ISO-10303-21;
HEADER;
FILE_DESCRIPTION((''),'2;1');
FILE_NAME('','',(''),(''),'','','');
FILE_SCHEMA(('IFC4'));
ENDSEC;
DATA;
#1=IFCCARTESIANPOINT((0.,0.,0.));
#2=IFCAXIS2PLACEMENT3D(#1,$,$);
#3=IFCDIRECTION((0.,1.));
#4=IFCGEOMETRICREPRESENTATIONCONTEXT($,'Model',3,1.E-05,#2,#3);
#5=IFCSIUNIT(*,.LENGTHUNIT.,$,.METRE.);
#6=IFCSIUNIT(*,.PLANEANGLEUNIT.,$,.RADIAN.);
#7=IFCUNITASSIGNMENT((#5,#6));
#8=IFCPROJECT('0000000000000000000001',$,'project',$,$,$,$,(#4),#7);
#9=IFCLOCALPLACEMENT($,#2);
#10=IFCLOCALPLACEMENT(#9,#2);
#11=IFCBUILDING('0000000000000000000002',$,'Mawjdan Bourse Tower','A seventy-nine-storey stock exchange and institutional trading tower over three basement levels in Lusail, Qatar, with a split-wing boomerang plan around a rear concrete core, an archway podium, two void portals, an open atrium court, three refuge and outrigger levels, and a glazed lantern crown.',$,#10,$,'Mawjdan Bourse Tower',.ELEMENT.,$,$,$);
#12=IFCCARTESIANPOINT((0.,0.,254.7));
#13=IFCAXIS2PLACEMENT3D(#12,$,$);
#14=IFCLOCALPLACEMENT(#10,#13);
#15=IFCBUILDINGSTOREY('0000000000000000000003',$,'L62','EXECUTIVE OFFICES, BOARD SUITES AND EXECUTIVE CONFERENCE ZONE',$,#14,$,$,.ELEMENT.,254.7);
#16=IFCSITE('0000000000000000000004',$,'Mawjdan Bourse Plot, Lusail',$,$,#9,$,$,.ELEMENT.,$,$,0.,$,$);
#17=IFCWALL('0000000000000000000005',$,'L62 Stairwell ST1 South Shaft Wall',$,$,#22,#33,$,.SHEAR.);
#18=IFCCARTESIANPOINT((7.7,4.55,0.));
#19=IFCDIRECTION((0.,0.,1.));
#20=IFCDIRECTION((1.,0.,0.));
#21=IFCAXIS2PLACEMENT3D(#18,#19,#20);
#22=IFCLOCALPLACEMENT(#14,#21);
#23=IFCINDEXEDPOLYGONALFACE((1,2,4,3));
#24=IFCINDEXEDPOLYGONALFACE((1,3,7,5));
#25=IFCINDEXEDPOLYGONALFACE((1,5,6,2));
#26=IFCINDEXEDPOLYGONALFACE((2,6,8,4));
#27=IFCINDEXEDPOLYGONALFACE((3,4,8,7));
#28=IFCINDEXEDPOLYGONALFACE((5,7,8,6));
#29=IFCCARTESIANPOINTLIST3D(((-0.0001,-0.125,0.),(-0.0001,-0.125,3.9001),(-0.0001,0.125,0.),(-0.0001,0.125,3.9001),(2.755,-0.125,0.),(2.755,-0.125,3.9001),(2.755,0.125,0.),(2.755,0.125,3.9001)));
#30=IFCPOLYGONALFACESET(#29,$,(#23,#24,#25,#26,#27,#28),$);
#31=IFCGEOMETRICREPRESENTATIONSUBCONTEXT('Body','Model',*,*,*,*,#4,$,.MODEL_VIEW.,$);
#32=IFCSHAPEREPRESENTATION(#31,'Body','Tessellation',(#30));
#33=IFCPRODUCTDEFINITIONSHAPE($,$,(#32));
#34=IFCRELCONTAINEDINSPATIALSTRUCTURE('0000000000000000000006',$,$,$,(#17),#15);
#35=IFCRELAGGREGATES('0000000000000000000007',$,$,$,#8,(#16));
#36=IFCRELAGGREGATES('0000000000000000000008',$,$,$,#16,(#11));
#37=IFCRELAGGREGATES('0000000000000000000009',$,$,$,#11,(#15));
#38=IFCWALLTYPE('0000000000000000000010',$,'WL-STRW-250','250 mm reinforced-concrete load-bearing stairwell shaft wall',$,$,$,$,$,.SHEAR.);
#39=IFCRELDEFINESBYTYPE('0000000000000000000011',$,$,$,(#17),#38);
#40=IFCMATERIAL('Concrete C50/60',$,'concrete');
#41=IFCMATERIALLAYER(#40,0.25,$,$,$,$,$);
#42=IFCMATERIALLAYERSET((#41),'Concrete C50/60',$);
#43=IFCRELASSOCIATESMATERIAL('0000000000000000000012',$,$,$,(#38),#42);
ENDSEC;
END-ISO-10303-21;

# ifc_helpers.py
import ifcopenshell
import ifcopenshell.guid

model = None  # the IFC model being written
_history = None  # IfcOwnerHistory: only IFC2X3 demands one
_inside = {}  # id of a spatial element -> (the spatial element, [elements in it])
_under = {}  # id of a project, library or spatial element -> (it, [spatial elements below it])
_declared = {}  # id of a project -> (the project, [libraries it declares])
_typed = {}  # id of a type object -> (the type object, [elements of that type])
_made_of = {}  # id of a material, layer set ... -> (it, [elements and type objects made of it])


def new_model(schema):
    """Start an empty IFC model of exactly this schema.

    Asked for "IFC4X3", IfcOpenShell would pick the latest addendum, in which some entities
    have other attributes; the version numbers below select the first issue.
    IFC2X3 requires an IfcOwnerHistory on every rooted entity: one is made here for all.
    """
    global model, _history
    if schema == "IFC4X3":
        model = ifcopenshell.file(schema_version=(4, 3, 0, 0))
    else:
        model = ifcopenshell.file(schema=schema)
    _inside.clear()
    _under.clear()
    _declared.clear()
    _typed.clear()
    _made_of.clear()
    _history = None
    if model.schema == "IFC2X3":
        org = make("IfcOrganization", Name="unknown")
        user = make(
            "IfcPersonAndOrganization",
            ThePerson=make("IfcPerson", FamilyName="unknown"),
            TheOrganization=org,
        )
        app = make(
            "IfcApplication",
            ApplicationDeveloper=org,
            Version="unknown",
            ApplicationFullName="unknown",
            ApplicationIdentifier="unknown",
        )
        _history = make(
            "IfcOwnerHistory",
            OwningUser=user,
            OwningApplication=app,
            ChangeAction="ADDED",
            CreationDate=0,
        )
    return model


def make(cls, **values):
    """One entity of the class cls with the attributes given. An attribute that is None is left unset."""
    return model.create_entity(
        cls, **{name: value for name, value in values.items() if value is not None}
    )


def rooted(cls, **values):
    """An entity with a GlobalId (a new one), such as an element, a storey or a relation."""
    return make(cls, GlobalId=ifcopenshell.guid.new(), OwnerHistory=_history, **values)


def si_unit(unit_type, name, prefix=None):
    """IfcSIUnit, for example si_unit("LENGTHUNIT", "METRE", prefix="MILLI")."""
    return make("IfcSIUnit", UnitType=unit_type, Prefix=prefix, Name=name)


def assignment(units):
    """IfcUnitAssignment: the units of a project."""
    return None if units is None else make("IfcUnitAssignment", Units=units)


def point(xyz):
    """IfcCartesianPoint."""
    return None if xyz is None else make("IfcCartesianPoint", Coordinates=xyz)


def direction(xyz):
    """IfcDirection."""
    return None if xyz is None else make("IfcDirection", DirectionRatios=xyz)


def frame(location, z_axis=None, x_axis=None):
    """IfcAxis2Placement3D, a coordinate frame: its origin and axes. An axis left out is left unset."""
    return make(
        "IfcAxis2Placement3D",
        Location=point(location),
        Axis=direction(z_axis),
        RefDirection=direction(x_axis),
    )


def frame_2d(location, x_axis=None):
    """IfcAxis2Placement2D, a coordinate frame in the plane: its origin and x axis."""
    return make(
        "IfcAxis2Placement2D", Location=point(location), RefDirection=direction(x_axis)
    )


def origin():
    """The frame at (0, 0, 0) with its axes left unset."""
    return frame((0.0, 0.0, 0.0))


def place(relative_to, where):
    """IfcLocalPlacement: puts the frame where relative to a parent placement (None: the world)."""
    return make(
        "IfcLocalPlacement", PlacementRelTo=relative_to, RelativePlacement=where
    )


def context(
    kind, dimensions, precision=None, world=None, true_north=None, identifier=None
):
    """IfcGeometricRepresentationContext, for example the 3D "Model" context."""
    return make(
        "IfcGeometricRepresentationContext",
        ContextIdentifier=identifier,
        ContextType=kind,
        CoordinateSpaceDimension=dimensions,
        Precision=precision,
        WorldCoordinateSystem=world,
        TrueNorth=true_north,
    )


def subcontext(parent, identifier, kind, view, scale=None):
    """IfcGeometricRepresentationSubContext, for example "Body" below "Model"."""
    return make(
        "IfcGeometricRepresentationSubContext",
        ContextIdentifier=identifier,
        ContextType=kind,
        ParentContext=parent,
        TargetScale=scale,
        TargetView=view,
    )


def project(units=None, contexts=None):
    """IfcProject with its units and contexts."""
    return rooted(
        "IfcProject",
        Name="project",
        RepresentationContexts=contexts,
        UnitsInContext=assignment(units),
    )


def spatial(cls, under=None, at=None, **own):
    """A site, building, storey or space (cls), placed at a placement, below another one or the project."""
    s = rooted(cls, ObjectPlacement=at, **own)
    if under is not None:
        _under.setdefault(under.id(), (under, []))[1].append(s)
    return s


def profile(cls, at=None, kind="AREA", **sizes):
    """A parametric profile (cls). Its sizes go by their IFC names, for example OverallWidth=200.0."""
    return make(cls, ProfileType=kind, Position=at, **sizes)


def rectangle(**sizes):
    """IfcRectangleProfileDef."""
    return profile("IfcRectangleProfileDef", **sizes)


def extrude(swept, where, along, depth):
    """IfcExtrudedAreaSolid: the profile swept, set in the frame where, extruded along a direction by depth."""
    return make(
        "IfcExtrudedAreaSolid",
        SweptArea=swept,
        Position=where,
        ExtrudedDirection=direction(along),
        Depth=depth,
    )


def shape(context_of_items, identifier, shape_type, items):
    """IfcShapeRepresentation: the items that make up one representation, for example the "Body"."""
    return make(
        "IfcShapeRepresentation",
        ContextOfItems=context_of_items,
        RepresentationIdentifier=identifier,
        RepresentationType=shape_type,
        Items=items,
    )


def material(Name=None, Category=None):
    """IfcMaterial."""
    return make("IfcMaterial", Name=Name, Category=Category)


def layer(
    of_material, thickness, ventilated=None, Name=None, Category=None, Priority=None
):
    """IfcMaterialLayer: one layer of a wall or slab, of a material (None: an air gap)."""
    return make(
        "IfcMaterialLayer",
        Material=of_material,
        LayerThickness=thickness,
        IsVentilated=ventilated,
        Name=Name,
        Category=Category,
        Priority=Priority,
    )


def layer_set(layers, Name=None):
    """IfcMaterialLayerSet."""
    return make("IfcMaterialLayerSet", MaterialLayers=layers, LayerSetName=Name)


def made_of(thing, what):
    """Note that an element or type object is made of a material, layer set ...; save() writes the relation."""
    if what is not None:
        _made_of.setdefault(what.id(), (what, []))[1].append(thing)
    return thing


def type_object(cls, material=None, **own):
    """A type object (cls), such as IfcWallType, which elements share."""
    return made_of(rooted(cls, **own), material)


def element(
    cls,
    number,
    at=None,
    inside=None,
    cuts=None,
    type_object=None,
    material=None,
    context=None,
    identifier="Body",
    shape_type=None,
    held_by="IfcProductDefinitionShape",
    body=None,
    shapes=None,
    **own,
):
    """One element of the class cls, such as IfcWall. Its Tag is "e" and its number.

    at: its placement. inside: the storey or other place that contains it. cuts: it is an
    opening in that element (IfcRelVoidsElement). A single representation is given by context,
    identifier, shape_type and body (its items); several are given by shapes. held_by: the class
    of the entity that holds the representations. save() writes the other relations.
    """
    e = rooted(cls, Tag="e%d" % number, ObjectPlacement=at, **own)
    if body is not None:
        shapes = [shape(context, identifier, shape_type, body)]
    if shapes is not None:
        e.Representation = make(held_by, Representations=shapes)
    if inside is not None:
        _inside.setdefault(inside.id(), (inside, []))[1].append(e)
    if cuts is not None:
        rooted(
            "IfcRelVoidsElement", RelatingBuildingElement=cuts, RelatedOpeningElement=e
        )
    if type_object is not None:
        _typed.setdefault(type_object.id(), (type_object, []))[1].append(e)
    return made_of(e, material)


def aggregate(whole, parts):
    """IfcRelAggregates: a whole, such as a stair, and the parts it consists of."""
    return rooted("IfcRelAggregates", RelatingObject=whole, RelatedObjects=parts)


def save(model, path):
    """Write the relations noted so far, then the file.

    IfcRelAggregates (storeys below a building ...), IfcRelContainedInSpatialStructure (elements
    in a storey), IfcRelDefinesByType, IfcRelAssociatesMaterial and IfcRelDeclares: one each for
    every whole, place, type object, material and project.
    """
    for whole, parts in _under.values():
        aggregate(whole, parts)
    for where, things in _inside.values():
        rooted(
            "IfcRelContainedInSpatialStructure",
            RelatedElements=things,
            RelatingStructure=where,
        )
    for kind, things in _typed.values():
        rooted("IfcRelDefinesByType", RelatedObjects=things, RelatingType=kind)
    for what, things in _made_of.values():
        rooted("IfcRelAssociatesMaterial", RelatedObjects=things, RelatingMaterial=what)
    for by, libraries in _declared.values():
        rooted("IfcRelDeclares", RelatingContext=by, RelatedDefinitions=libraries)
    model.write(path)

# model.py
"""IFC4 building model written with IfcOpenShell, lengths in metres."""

from ifc_helpers import new_model, si_unit, direction, frame, frame_2d, origin, place, context, subcontext, project, spatial, rectangle, extrude, material, layer, layer_set, type_object, element, save


model = new_model("IFC4")

# Units and contexts
model_context = context("Model", 3, precision=1e-05, world=origin(), true_north=direction((0.0, 1.0)))
body_context = subcontext(model_context, "Body", "Model", "MODEL_VIEW")
ifc_project = project(units=[si_unit("LENGTHUNIT", "METRE"), si_unit("PLANEANGLEUNIT", "RADIAN")], contexts=[model_context])

# Site, building, storey
site_placement = place(None, origin())
site = spatial("IfcSite", under=ifc_project, at=site_placement, Name="Mawjdan Bourse Plot, Lusail", CompositionType="ELEMENT", RefElevation=0.0)
building_placement = place(site_placement, origin())
building = spatial("IfcBuilding", under=site, at=building_placement, Name="Mawjdan Bourse Tower", Description="A seventy-nine-storey stock exchange and institutional trading tower over three basement levels in Lusail, Qatar, with a split-wing boomerang plan around a rear concrete core, an archway podium, two void portals, an open atrium court, three refuge and outrigger levels, and a glazed lantern crown.", LongName="Mawjdan Bourse Tower", CompositionType="ELEMENT")
storey_placement = place(building_placement, frame((0.0, 0.0, 254.7)))
storey = spatial("IfcBuildingStorey", under=building, at=storey_placement, Name="L62", Description="EXECUTIVE OFFICES, BOARD SUITES AND EXECUTIVE CONFERENCE ZONE", CompositionType="ELEMENT", Elevation=254.7)

# Shared definitions
ifc_material_1 = material(Name="Concrete C50/60", Category="concrete")

# Wall
ifc_layer_1 = layer(ifc_material_1, 0.25)
ifc_layer_set_1 = layer_set([ifc_layer_1], Name="Concrete C50/60")
wall_type_1 = type_object("IfcWallType", Name="WL-STRW-250", Description="250 mm reinforced-concrete load-bearing stairwell shaft wall", PredefinedType="SHEAR", material=ifc_layer_set_1)
wall_1_placement = place(storey_placement, frame((7.7, 4.55, 0.0), z_axis=(0.0, 0.0, 1.0), x_axis=(1.0, 0.0, 0.0)))
element("IfcWall", 1, at=wall_1_placement, inside=storey, type_object=wall_type_1, Name="L62 Stairwell ST1 South Shaft Wall", PredefinedType="SHEAR", context=body_context, shape_type="SweptSolid", body=[
    extrude(rectangle(XDim=2.7551, YDim=0.25, at=frame_2d((1.3774, 0.0))), origin(), (0.0, 0.0, 1.0), 3.9001),
])

save(model, "model.ifc")
